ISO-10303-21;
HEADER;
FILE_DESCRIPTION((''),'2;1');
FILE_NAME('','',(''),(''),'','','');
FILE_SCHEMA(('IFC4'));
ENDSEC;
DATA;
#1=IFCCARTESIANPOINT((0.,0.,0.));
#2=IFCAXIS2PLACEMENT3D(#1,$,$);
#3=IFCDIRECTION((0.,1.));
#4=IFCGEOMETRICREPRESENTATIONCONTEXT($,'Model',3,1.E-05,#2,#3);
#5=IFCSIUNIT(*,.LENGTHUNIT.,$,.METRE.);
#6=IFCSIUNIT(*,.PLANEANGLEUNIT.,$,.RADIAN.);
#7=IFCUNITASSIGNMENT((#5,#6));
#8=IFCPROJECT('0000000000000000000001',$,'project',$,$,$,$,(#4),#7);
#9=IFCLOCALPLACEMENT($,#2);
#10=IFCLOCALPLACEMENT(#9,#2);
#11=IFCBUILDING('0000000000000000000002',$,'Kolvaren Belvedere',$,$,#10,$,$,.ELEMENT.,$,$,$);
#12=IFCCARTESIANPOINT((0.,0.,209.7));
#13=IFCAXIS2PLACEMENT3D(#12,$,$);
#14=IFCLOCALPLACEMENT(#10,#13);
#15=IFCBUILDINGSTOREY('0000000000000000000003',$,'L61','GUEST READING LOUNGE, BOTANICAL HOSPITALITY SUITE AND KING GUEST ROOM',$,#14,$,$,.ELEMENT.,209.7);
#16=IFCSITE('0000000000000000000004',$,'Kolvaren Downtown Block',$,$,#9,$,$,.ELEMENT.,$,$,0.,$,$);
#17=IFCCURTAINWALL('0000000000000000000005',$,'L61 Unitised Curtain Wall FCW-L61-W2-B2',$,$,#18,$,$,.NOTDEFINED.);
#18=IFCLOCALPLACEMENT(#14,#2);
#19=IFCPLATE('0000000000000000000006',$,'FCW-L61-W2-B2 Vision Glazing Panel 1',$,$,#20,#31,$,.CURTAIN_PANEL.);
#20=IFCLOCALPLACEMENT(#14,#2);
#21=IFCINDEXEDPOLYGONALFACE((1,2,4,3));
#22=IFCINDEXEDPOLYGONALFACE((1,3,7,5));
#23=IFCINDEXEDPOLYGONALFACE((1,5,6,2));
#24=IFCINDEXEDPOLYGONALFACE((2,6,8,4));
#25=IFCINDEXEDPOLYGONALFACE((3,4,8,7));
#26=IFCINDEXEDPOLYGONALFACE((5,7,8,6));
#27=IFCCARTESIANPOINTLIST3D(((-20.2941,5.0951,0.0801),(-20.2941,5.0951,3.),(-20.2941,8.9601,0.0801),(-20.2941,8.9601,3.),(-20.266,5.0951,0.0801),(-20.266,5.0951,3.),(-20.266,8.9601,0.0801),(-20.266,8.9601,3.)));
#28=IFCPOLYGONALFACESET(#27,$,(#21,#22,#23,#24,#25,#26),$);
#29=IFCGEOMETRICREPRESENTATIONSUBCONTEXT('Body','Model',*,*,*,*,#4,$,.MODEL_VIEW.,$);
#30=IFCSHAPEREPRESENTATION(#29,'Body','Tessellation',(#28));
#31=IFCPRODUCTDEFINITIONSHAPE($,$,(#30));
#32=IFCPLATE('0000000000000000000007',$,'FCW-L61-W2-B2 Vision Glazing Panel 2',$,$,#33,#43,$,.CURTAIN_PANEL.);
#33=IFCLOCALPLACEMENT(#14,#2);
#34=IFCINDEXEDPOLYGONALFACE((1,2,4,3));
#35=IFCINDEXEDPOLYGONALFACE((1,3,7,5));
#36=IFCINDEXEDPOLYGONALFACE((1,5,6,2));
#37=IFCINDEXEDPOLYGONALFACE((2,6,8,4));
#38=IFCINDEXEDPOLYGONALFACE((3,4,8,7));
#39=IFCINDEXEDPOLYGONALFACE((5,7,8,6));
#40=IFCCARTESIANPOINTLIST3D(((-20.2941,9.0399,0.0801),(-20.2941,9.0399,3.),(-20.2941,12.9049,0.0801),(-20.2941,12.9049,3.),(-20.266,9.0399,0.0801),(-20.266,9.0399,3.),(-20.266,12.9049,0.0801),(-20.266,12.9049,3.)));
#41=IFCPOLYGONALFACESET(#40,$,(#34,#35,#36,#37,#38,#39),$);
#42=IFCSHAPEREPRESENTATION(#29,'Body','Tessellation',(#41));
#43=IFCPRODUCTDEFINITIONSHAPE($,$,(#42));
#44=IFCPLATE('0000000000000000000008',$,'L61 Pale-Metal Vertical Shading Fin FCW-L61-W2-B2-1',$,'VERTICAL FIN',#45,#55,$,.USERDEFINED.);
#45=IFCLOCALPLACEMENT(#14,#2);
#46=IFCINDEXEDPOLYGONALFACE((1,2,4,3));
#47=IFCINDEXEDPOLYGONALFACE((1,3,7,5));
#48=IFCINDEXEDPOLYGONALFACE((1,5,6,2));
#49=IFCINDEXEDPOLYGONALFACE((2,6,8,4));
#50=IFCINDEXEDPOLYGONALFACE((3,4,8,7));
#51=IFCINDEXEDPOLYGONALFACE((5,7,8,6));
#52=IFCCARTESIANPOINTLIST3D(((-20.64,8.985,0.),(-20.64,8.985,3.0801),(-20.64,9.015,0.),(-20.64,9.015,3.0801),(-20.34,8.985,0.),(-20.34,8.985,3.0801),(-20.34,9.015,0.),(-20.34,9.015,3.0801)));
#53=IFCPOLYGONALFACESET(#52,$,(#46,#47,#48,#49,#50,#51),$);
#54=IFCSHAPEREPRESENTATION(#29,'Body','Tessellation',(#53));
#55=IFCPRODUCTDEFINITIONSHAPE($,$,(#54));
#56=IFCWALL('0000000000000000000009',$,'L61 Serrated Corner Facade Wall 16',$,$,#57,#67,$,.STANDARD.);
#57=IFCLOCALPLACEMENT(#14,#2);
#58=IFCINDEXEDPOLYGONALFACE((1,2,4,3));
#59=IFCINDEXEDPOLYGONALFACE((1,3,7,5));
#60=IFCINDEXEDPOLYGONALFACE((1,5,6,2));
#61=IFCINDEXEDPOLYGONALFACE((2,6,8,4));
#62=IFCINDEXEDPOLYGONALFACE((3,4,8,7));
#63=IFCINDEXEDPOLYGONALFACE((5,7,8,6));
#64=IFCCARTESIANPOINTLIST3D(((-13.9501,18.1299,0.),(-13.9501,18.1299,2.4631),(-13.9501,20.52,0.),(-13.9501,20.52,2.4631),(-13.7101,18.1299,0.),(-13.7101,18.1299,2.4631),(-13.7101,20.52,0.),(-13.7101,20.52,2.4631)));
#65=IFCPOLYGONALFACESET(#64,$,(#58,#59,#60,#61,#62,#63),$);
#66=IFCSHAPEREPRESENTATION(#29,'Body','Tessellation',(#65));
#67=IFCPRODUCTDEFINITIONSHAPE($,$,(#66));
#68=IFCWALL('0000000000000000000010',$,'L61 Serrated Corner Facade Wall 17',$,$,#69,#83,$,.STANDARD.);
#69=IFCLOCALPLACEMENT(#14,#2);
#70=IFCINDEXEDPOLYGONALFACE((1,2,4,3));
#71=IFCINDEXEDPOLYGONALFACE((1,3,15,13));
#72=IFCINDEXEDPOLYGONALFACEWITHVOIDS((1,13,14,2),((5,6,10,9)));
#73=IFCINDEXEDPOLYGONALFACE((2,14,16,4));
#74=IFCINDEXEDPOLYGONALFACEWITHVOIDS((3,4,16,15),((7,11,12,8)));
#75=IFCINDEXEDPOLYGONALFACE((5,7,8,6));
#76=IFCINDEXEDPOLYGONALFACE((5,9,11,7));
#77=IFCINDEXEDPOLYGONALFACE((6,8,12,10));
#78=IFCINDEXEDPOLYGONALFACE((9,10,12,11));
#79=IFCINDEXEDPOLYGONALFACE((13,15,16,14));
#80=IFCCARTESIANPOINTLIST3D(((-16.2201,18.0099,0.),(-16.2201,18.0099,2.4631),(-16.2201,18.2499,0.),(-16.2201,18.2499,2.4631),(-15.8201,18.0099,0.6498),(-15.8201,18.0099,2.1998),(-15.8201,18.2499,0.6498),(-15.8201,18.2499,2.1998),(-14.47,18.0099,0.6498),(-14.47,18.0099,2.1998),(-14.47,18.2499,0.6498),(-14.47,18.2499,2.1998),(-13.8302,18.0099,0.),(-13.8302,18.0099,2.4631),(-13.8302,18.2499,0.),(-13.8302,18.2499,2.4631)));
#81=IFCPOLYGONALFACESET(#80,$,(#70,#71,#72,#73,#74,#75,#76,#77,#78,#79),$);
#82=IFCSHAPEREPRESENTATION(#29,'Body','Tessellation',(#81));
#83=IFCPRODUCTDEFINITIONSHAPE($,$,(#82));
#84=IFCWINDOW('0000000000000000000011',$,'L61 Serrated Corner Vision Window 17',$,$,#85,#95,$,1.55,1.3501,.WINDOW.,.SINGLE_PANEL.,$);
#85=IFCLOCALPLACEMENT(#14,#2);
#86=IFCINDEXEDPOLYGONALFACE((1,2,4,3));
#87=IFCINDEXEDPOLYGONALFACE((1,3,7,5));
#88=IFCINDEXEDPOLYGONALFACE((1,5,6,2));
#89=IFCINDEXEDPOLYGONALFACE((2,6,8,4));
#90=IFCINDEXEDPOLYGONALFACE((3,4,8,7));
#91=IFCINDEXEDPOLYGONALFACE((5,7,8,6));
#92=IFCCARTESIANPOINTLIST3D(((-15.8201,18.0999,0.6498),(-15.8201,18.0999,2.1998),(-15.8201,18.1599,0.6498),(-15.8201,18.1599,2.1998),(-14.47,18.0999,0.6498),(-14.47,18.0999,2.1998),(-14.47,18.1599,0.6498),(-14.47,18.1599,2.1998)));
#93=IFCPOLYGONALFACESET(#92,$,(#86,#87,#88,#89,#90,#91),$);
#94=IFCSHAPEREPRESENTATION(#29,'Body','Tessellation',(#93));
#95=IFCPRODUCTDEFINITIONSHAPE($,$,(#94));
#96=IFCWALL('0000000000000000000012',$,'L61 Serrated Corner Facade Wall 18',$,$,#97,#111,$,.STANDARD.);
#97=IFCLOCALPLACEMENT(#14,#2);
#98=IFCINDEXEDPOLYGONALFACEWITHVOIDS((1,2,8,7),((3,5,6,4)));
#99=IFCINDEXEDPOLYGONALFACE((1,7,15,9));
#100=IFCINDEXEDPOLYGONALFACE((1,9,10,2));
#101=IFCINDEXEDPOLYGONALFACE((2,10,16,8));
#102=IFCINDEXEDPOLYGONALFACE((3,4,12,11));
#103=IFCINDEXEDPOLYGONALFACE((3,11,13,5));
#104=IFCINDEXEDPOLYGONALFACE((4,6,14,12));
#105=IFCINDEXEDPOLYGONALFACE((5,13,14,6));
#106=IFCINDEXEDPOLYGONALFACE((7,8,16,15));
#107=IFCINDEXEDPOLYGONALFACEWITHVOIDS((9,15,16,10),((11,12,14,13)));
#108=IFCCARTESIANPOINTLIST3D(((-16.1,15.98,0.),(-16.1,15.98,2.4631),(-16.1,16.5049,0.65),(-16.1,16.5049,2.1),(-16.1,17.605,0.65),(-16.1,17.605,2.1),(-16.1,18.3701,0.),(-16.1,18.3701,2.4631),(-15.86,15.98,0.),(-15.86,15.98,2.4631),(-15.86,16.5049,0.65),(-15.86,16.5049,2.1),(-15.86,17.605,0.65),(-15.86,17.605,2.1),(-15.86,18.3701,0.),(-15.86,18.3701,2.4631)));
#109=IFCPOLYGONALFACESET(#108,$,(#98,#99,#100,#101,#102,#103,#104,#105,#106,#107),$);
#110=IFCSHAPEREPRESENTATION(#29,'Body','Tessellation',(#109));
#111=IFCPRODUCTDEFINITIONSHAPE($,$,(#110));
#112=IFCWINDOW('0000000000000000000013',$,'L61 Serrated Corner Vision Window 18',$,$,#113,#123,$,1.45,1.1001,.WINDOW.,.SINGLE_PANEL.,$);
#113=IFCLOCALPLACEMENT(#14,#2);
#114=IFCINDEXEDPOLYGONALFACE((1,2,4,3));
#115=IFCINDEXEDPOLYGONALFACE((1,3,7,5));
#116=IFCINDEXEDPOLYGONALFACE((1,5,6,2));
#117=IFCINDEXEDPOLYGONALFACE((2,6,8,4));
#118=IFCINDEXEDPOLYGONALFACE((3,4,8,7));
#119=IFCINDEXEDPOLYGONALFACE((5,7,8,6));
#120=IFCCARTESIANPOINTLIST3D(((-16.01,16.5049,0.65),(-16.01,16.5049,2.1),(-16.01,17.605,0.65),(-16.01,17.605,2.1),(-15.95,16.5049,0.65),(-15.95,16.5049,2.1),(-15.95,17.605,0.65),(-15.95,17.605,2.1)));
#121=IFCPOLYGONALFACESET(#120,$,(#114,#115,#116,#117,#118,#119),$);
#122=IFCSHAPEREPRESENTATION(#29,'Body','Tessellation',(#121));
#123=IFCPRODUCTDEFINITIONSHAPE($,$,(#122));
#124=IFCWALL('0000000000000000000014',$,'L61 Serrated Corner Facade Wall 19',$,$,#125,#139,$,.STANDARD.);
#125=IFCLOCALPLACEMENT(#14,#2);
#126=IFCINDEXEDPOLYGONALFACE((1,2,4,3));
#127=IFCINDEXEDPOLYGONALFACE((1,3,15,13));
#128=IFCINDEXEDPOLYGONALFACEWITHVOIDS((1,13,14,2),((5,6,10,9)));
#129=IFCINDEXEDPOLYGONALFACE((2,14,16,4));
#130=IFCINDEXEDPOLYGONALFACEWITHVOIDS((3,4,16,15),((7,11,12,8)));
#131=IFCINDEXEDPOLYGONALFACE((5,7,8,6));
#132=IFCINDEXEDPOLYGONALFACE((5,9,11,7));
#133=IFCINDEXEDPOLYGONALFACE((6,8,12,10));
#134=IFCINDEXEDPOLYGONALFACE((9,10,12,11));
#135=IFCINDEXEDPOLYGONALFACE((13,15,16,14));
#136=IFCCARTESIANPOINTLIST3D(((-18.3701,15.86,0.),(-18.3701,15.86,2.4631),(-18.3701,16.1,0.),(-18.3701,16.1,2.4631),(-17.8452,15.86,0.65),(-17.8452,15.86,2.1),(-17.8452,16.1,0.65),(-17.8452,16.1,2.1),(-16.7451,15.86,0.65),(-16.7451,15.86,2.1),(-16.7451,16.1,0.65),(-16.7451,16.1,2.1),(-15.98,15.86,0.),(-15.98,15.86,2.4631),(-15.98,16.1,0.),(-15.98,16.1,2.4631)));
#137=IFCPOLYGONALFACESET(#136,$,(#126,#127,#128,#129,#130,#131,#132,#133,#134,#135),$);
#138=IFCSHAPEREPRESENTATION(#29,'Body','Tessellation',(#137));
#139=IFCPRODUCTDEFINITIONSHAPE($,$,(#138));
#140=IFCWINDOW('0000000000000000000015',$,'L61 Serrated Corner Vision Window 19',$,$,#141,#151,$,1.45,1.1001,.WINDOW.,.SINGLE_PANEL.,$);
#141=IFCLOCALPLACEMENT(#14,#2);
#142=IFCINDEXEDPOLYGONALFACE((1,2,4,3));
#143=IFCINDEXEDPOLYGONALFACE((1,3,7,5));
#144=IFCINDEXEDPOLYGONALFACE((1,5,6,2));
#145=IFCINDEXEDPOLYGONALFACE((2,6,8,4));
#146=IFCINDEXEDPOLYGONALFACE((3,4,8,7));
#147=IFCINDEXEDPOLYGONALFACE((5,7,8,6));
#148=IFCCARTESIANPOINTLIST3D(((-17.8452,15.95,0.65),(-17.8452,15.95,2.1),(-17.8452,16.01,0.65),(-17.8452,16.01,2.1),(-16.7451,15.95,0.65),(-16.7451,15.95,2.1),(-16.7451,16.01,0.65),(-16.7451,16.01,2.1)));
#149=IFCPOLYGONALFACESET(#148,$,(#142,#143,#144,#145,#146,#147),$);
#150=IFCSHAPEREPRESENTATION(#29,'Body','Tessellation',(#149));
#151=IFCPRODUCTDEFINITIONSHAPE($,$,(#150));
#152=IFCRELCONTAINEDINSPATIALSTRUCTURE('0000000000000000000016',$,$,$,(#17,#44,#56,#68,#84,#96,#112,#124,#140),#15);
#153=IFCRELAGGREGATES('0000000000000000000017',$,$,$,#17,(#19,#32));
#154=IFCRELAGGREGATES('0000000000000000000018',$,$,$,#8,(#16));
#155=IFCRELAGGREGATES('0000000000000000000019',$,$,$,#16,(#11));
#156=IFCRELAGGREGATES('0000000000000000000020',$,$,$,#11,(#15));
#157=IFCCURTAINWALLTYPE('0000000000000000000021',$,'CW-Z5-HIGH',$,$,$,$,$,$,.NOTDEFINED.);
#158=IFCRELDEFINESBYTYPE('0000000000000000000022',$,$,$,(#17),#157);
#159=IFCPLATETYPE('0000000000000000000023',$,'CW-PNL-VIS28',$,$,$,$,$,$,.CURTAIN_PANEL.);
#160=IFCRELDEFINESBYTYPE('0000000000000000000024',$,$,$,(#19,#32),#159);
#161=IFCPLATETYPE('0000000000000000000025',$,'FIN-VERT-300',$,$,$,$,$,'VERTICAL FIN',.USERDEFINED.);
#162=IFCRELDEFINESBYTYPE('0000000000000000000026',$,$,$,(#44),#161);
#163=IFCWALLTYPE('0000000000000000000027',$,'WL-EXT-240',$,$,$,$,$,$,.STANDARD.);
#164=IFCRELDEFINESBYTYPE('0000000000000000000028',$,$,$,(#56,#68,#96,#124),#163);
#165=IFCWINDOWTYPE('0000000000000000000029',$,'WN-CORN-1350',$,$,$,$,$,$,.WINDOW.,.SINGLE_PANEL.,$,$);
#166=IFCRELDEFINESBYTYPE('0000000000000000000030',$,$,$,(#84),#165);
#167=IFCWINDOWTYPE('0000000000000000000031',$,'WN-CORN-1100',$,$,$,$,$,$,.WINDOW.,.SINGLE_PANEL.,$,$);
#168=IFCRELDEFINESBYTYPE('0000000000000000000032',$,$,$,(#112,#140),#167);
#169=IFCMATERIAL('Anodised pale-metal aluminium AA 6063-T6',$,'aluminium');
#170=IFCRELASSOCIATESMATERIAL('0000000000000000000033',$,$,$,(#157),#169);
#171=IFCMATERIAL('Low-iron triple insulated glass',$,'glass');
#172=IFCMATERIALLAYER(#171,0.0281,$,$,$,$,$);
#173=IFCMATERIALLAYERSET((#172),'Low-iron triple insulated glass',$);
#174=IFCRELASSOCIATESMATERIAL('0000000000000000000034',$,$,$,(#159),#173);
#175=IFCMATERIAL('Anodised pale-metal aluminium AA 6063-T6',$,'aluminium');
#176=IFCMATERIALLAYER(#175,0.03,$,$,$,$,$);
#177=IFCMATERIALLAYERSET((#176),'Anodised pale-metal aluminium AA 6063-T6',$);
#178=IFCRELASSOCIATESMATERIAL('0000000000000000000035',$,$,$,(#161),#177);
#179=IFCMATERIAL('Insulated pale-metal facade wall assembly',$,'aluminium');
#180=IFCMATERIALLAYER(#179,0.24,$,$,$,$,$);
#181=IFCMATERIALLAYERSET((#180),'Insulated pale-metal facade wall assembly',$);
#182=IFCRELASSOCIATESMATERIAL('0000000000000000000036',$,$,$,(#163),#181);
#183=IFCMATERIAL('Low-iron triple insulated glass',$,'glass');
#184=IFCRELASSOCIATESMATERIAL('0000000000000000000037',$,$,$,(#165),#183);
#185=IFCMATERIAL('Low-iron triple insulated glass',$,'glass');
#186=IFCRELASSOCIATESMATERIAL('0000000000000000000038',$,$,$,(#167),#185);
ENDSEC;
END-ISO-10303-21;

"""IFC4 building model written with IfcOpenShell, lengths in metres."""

from ifc_helpers import new_model, si_unit, direction, frame, frame_2d, origin, origin_2d, place, context, subcontext, project, spatial, rectangle, extrude, material, layer, layer_set, type_object, element, fill, aggregate, save


model = new_model("IFC4")

# Units and contexts
model_context = context("Model", 3, precision=1e-05, world=origin(), true_north=direction((0.0, 1.0)))
body_context = subcontext(model_context, "Body", "Model", "MODEL_VIEW")
ifc_project = project(units=[si_unit("LENGTHUNIT", "METRE"), si_unit("PLANEANGLEUNIT", "RADIAN")], contexts=[model_context])

# Site, building, storey
site_placement = place(None, origin())
site = spatial("IfcSite", under=ifc_project, at=site_placement, Name="Kolvaren Downtown Block", CompositionType="ELEMENT", RefElevation=0.0)
building_placement = place(site_placement, origin())
building = spatial("IfcBuilding", under=site, at=building_placement, Name="Kolvaren Belvedere", CompositionType="ELEMENT")
storey_placement = place(building_placement, frame((0.0, 0.0, 209.7)))
storey = spatial("IfcBuildingStorey", under=building, at=storey_placement, Name="L61", Description="GUEST READING LOUNGE, BOTANICAL HOSPITALITY SUITE AND KING GUEST ROOM", CompositionType="ELEMENT", Elevation=209.7)

# Shared definitions
ifc_material_1 = material(Name="Anodised pale-metal aluminium AA 6063-T6", Category="aluminium")
curtain_wall_type = type_object("IfcCurtainWallType", Name="CW-Z5-HIGH", PredefinedType="NOTDEFINED", material=ifc_material_1)

# Curtain wall
curtain_wall_1_placement = place(storey_placement, origin())
curtain_wall_1 = element("IfcCurtainWall", 1, at=curtain_wall_1_placement, inside=storey, type_object=curtain_wall_type, Name="L61 Unitised Curtain Wall FCW-L61-W2-B2", PredefinedType="NOTDEFINED")

# Plates
ifc_material_2 = material(Name="Low-iron triple insulated glass", Category="glass")
ifc_layer_1 = layer(ifc_material_2, 0.0281)
ifc_layer_set_1 = layer_set([ifc_layer_1], Name="Low-iron triple insulated glass")
plate_type_1 = type_object("IfcPlateType", Name="CW-PNL-VIS28", PredefinedType="CURTAIN_PANEL", material=ifc_layer_set_1)
plate_1_placement = place(storey_placement, frame((-20.28, 7.0276, 0.0801), z_axis=(0.0, 0.0, 1.0), x_axis=(0.0, 1.0, 0.0)))
plate_1 = element("IfcPlate", 2, at=plate_1_placement, type_object=plate_type_1, Name="FCW-L61-W2-B2 Vision Glazing Panel 1", PredefinedType="CURTAIN_PANEL", context=body_context, shape_type="SweptSolid", body=[
    extrude(rectangle(XDim=3.865, YDim=0.0281, at=origin_2d()), origin(), (0.0, 0.0, 1.0), 2.9199),
])
plate_2_placement = place(storey_placement, frame((-20.28, 10.9724, 0.0801), z_axis=(0.0, 0.0, 1.0), x_axis=(0.0, 1.0, 0.0)))
plate_2 = element("IfcPlate", 3, at=plate_2_placement, type_object=plate_type_1, Name="FCW-L61-W2-B2 Vision Glazing Panel 2", PredefinedType="CURTAIN_PANEL", context=body_context, shape_type="SweptSolid", body=[
    extrude(rectangle(XDim=3.865, YDim=0.0281, at=origin_2d()), origin(), (0.0, 0.0, 1.0), 2.9199),
])
aggregate(curtain_wall_1, [plate_1, plate_2])
ifc_material_3 = material(Name="Anodised pale-metal aluminium AA 6063-T6", Category="aluminium")
ifc_layer_2 = layer(ifc_material_3, 0.03)
ifc_layer_set_2 = layer_set([ifc_layer_2], Name="Anodised pale-metal aluminium AA 6063-T6")
plate_type_2 = type_object("IfcPlateType", Name="FIN-VERT-300", ElementType="VERTICAL FIN", PredefinedType="USERDEFINED", material=ifc_layer_set_2)
plate_3_placement = place(storey_placement, frame((-20.49, 9.0, 0.0), z_axis=(0.0, 0.0, 1.0), x_axis=(1.0, 0.0, 0.0)))
element("IfcPlate", 4, at=plate_3_placement, inside=storey, type_object=plate_type_2, Name="L61 Pale-Metal Vertical Shading Fin FCW-L61-W2-B2-1", ObjectType="VERTICAL FIN", PredefinedType="USERDEFINED", context=body_context, shape_type="SweptSolid", body=[
    extrude(rectangle(XDim=0.3, YDim=0.03, at=origin_2d()), origin(), (0.0, 0.0, 1.0), 3.0801),
])

# Wall
ifc_material_4 = material(Name="Insulated pale-metal facade wall assembly", Category="aluminium")
ifc_layer_3 = layer(ifc_material_4, 0.24)
ifc_layer_set_3 = layer_set([ifc_layer_3], Name="Insulated pale-metal facade wall assembly")
wall_type_1 = type_object("IfcWallType", Name="WL-EXT-240", PredefinedType="STANDARD", material=ifc_layer_set_3)
wall_1_placement = place(storey_placement, frame((-13.8301, 18.1299, 0.0), z_axis=(0.0, 0.0, 1.0), x_axis=(0.0, 1.0, 0.0)))
element("IfcWall", 5, at=wall_1_placement, inside=storey, type_object=wall_type_1, Name="L61 Serrated Corner Facade Wall 16", PredefinedType="STANDARD", context=body_context, shape_type="SweptSolid", body=[
    extrude(rectangle(XDim=2.3901, YDim=0.24, at=frame_2d((1.1951, 0.0))), origin(), (0.0, 0.0, 1.0), 2.4631),
])

# Walls, openings, windows
wall_2_placement = place(storey_placement, frame((-16.22, 18.1299, 0.0), z_axis=(0.0, 0.0, 1.0), x_axis=(1.0, 0.0, 0.0)))
wall_2 = element("IfcWall", 6, at=wall_2_placement, inside=storey, type_object=wall_type_1, Name="L61 Serrated Corner Facade Wall 17", PredefinedType="STANDARD", context=body_context, shape_type="SweptSolid", body=[
    extrude(rectangle(XDim=2.3899, YDim=0.24, at=frame_2d((1.1948, 0.0))), origin(), (0.0, 0.0, 1.0), 2.4631),
])
opening_1_placement = place(wall_2_placement, frame((0.3999, 0.0, 0.6499)))
opening_1 = element("IfcOpeningElement", 7, at=opening_1_placement, cuts=wall_2, PredefinedType="OPENING", context=body_context, shape_type="SweptSolid", body=[
    extrude(rectangle(XDim=1.3501, YDim=1.55, at=frame_2d((0.675, 0.7749))), frame((0.0, 0.1299, 0.0), z_axis=(0.0, -1.0, 0.0), x_axis=(1.0, 0.0, 0.0)), (0.0, 0.0, 1.0), 0.26),
])
ifc_material_5 = material(Name="Low-iron triple insulated glass", Category="glass")
window_type_1 = type_object("IfcWindowType", Name="WN-CORN-1350", PartitioningType="SINGLE_PANEL", PredefinedType="WINDOW", material=ifc_material_5)
window_1_placement = place(opening_1_placement, origin())
window_1 = element("IfcWindow", 8, at=window_1_placement, inside=storey, type_object=window_type_1, Name="L61 Serrated Corner Vision Window 17", OverallHeight=1.55, OverallWidth=1.3501, PartitioningType="SINGLE_PANEL", PredefinedType="WINDOW", context=body_context, shape_type="SweptSolid", body=[
    extrude(rectangle(XDim=1.3501, YDim=1.55, at=frame_2d((0.675, 0.7749))), frame((0.0, 0.03, 0.0), z_axis=(0.0, -1.0, 0.0), x_axis=(1.0, 0.0, 0.0)), (0.0, 0.0, 1.0), 0.0601),
])
fill(opening_1, window_1)
wall_3_placement = place(storey_placement, frame((-15.98, 15.98, 0.0), z_axis=(0.0, 0.0, 1.0), x_axis=(0.0, 1.0, 0.0)))
wall_3 = element("IfcWall", 9, at=wall_3_placement, inside=storey, type_object=wall_type_1, Name="L61 Serrated Corner Facade Wall 18", PredefinedType="STANDARD", context=body_context, shape_type="SweptSolid", body=[
    extrude(rectangle(XDim=2.3901, YDim=0.24, at=frame_2d((1.1951, 0.0))), origin(), (0.0, 0.0, 1.0), 2.4631),
])
opening_2_placement = place(wall_3_placement, frame((0.5249, 0.0, 0.6499)))
opening_2 = element("IfcOpeningElement", 10, at=opening_2_placement, cuts=wall_3, PredefinedType="OPENING", context=body_context, shape_type="SweptSolid", body=[
    extrude(rectangle(XDim=1.1001, YDim=1.45, at=frame_2d((0.55, 0.7251))), frame((0.0, 0.1299, 0.0), z_axis=(0.0, -1.0, 0.0), x_axis=(1.0, 0.0, 0.0)), (0.0, 0.0, 1.0), 0.26),
])
ifc_material_6 = material(Name="Low-iron triple insulated glass", Category="glass")
window_type_2 = type_object("IfcWindowType", Name="WN-CORN-1100", PartitioningType="SINGLE_PANEL", PredefinedType="WINDOW", material=ifc_material_6)
window_2_placement = place(opening_2_placement, origin())
window_2 = element("IfcWindow", 11, at=window_2_placement, inside=storey, type_object=window_type_2, Name="L61 Serrated Corner Vision Window 18", OverallHeight=1.45, OverallWidth=1.1001, PartitioningType="SINGLE_PANEL", PredefinedType="WINDOW", context=body_context, shape_type="SweptSolid", body=[
    extrude(rectangle(XDim=1.1001, YDim=1.45, at=frame_2d((0.55, 0.7251))), frame((0.0, 0.03, 0.0), z_axis=(0.0, -1.0, 0.0), x_axis=(1.0, 0.0, 0.0)), (0.0, 0.0, 1.0), 0.0601),
])
fill(opening_2, window_2)
wall_4_placement = place(storey_placement, frame((-18.3701, 15.98, 0.0), z_axis=(0.0, 0.0, 1.0), x_axis=(1.0, 0.0, 0.0)))
wall_4 = element("IfcWall", 12, at=wall_4_placement, inside=storey, type_object=wall_type_1, Name="L61 Serrated Corner Facade Wall 19", PredefinedType="STANDARD", context=body_context, shape_type="SweptSolid", body=[
    extrude(rectangle(XDim=2.3901, YDim=0.24, at=frame_2d((1.1951, 0.0))), origin(), (0.0, 0.0, 1.0), 2.4631),
])
opening_3_placement = place(wall_4_placement, frame((0.5249, 0.0, 0.6499)))
opening_3 = element("IfcOpeningElement", 13, at=opening_3_placement, cuts=wall_4, PredefinedType="OPENING", context=body_context, shape_type="SweptSolid", body=[
    extrude(rectangle(XDim=1.1001, YDim=1.45, at=frame_2d((0.55, 0.7251))), frame((0.0, 0.1299, 0.0), z_axis=(0.0, -1.0, 0.0), x_axis=(1.0, 0.0, 0.0)), (0.0, 0.0, 1.0), 0.26),
])
window_3_placement = place(opening_3_placement, origin())
window_3 = element("IfcWindow", 14, at=window_3_placement, inside=storey, type_object=window_type_2, Name="L61 Serrated Corner Vision Window 19", OverallHeight=1.45, OverallWidth=1.1001, PartitioningType="SINGLE_PANEL", PredefinedType="WINDOW", context=body_context, shape_type="SweptSolid", body=[
    extrude(rectangle(XDim=1.1001, YDim=1.45, at=frame_2d((0.55, 0.7251))), frame((0.0, 0.03, 0.0), z_axis=(0.0, -1.0, 0.0), x_axis=(1.0, 0.0, 0.0)), (0.0, 0.0, 1.0), 0.0601),
])
fill(opening_3, window_3)

save(model, "model.ifc")
